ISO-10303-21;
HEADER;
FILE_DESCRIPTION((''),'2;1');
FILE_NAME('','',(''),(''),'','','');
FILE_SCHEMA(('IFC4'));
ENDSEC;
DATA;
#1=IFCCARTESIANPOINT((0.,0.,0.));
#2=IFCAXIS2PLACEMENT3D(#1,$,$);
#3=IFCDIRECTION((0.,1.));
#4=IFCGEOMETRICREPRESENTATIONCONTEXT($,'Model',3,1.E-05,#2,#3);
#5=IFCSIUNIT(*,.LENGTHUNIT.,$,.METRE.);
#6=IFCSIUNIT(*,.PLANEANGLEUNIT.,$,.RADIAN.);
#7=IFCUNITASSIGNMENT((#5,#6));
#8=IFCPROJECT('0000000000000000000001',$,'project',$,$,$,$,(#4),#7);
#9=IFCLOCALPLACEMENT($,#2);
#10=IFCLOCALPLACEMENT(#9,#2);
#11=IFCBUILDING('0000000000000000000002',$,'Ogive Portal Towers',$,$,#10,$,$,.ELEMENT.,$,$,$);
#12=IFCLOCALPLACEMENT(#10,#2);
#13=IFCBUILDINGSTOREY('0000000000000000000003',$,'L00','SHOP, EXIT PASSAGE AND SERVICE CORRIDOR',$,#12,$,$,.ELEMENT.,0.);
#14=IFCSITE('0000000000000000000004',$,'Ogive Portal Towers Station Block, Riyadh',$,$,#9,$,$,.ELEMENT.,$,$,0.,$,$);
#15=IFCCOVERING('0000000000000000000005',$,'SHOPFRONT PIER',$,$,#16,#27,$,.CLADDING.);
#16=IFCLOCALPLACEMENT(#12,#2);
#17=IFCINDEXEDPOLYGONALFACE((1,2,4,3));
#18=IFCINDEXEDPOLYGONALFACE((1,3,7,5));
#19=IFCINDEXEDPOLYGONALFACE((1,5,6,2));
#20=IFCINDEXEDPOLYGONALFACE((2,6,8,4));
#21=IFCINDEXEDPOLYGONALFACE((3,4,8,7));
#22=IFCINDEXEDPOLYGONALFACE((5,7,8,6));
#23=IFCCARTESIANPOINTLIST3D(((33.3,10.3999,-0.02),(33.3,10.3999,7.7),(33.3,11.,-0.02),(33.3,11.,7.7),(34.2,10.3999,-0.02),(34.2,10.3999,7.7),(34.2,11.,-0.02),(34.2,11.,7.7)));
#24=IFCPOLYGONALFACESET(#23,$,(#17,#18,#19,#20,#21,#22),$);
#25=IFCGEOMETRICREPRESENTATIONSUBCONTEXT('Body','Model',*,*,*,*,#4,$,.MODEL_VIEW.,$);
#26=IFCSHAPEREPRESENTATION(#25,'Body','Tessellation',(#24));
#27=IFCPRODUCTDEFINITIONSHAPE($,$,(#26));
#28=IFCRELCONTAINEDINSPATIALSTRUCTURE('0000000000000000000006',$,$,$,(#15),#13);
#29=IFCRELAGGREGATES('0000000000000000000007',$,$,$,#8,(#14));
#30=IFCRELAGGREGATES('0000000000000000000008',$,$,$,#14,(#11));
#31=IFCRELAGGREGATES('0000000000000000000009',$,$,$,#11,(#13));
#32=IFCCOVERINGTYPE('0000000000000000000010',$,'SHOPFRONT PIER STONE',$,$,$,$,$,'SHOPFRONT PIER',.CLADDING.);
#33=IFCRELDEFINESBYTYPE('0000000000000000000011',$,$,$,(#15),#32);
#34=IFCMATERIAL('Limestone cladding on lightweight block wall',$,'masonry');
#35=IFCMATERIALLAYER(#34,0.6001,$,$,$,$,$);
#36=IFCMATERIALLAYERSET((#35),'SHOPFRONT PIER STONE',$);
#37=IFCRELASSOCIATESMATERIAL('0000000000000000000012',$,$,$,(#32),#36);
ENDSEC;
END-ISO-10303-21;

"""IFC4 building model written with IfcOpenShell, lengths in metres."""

from ifc_helpers import new_model, si_unit, direction, frame, origin, origin_2d, place, context, subcontext, project, spatial, rectangle, extrude, material, layer, layer_set, type_object, element, save


model = new_model("IFC4")

# Units and contexts
model_context = context("Model", 3, precision=1e-05, world=origin(), true_north=direction((0.0, 1.0)))
body_context = subcontext(model_context, "Body", "Model", "MODEL_VIEW")
ifc_project = project(units=[si_unit("LENGTHUNIT", "METRE"), si_unit("PLANEANGLEUNIT", "RADIAN")], contexts=[model_context])

# Site, building, storey
site_placement = place(None, origin())
site = spatial("IfcSite", under=ifc_project, at=site_placement, Name="Ogive Portal Towers Station Block, Riyadh", CompositionType="ELEMENT", RefElevation=0.0)
building_placement = place(site_placement, origin())
building = spatial("IfcBuilding", under=site, at=building_placement, Name="Ogive Portal Towers", CompositionType="ELEMENT")
storey_placement = place(building_placement, origin())
storey = spatial("IfcBuildingStorey", under=building, at=storey_placement, Name="L00", Description="SHOP, EXIT PASSAGE AND SERVICE CORRIDOR", CompositionType="ELEMENT", Elevation=0.0)

# Covering
ifc_material_1 = material(Name="Limestone cladding on lightweight block wall", Category="masonry")
ifc_layer_1 = layer(ifc_material_1, 0.6001)
ifc_layer_set_1 = layer_set([ifc_layer_1], Name="SHOPFRONT PIER STONE")
covering_type_1 = type_object("IfcCoveringType", Name="SHOPFRONT PIER STONE", ElementType="SHOPFRONT PIER", PredefinedType="CLADDING", material=ifc_layer_set_1)
covering_1_placement = place(storey_placement, frame((33.75, 10.7, -0.02), z_axis=(0.0, 0.0, 1.0), x_axis=(1.0, 0.0, 0.0)))
element("IfcCovering", 1, at=covering_1_placement, inside=storey, type_object=covering_type_1, Name="SHOPFRONT PIER", PredefinedType="CLADDING", context=body_context, shape_type="SweptSolid", body=[
    extrude(rectangle(XDim=0.8999, YDim=0.6001, at=origin_2d()), origin(), (0.0, 0.0, 1.0), 7.72),
])

save(model, "model.ifc")
